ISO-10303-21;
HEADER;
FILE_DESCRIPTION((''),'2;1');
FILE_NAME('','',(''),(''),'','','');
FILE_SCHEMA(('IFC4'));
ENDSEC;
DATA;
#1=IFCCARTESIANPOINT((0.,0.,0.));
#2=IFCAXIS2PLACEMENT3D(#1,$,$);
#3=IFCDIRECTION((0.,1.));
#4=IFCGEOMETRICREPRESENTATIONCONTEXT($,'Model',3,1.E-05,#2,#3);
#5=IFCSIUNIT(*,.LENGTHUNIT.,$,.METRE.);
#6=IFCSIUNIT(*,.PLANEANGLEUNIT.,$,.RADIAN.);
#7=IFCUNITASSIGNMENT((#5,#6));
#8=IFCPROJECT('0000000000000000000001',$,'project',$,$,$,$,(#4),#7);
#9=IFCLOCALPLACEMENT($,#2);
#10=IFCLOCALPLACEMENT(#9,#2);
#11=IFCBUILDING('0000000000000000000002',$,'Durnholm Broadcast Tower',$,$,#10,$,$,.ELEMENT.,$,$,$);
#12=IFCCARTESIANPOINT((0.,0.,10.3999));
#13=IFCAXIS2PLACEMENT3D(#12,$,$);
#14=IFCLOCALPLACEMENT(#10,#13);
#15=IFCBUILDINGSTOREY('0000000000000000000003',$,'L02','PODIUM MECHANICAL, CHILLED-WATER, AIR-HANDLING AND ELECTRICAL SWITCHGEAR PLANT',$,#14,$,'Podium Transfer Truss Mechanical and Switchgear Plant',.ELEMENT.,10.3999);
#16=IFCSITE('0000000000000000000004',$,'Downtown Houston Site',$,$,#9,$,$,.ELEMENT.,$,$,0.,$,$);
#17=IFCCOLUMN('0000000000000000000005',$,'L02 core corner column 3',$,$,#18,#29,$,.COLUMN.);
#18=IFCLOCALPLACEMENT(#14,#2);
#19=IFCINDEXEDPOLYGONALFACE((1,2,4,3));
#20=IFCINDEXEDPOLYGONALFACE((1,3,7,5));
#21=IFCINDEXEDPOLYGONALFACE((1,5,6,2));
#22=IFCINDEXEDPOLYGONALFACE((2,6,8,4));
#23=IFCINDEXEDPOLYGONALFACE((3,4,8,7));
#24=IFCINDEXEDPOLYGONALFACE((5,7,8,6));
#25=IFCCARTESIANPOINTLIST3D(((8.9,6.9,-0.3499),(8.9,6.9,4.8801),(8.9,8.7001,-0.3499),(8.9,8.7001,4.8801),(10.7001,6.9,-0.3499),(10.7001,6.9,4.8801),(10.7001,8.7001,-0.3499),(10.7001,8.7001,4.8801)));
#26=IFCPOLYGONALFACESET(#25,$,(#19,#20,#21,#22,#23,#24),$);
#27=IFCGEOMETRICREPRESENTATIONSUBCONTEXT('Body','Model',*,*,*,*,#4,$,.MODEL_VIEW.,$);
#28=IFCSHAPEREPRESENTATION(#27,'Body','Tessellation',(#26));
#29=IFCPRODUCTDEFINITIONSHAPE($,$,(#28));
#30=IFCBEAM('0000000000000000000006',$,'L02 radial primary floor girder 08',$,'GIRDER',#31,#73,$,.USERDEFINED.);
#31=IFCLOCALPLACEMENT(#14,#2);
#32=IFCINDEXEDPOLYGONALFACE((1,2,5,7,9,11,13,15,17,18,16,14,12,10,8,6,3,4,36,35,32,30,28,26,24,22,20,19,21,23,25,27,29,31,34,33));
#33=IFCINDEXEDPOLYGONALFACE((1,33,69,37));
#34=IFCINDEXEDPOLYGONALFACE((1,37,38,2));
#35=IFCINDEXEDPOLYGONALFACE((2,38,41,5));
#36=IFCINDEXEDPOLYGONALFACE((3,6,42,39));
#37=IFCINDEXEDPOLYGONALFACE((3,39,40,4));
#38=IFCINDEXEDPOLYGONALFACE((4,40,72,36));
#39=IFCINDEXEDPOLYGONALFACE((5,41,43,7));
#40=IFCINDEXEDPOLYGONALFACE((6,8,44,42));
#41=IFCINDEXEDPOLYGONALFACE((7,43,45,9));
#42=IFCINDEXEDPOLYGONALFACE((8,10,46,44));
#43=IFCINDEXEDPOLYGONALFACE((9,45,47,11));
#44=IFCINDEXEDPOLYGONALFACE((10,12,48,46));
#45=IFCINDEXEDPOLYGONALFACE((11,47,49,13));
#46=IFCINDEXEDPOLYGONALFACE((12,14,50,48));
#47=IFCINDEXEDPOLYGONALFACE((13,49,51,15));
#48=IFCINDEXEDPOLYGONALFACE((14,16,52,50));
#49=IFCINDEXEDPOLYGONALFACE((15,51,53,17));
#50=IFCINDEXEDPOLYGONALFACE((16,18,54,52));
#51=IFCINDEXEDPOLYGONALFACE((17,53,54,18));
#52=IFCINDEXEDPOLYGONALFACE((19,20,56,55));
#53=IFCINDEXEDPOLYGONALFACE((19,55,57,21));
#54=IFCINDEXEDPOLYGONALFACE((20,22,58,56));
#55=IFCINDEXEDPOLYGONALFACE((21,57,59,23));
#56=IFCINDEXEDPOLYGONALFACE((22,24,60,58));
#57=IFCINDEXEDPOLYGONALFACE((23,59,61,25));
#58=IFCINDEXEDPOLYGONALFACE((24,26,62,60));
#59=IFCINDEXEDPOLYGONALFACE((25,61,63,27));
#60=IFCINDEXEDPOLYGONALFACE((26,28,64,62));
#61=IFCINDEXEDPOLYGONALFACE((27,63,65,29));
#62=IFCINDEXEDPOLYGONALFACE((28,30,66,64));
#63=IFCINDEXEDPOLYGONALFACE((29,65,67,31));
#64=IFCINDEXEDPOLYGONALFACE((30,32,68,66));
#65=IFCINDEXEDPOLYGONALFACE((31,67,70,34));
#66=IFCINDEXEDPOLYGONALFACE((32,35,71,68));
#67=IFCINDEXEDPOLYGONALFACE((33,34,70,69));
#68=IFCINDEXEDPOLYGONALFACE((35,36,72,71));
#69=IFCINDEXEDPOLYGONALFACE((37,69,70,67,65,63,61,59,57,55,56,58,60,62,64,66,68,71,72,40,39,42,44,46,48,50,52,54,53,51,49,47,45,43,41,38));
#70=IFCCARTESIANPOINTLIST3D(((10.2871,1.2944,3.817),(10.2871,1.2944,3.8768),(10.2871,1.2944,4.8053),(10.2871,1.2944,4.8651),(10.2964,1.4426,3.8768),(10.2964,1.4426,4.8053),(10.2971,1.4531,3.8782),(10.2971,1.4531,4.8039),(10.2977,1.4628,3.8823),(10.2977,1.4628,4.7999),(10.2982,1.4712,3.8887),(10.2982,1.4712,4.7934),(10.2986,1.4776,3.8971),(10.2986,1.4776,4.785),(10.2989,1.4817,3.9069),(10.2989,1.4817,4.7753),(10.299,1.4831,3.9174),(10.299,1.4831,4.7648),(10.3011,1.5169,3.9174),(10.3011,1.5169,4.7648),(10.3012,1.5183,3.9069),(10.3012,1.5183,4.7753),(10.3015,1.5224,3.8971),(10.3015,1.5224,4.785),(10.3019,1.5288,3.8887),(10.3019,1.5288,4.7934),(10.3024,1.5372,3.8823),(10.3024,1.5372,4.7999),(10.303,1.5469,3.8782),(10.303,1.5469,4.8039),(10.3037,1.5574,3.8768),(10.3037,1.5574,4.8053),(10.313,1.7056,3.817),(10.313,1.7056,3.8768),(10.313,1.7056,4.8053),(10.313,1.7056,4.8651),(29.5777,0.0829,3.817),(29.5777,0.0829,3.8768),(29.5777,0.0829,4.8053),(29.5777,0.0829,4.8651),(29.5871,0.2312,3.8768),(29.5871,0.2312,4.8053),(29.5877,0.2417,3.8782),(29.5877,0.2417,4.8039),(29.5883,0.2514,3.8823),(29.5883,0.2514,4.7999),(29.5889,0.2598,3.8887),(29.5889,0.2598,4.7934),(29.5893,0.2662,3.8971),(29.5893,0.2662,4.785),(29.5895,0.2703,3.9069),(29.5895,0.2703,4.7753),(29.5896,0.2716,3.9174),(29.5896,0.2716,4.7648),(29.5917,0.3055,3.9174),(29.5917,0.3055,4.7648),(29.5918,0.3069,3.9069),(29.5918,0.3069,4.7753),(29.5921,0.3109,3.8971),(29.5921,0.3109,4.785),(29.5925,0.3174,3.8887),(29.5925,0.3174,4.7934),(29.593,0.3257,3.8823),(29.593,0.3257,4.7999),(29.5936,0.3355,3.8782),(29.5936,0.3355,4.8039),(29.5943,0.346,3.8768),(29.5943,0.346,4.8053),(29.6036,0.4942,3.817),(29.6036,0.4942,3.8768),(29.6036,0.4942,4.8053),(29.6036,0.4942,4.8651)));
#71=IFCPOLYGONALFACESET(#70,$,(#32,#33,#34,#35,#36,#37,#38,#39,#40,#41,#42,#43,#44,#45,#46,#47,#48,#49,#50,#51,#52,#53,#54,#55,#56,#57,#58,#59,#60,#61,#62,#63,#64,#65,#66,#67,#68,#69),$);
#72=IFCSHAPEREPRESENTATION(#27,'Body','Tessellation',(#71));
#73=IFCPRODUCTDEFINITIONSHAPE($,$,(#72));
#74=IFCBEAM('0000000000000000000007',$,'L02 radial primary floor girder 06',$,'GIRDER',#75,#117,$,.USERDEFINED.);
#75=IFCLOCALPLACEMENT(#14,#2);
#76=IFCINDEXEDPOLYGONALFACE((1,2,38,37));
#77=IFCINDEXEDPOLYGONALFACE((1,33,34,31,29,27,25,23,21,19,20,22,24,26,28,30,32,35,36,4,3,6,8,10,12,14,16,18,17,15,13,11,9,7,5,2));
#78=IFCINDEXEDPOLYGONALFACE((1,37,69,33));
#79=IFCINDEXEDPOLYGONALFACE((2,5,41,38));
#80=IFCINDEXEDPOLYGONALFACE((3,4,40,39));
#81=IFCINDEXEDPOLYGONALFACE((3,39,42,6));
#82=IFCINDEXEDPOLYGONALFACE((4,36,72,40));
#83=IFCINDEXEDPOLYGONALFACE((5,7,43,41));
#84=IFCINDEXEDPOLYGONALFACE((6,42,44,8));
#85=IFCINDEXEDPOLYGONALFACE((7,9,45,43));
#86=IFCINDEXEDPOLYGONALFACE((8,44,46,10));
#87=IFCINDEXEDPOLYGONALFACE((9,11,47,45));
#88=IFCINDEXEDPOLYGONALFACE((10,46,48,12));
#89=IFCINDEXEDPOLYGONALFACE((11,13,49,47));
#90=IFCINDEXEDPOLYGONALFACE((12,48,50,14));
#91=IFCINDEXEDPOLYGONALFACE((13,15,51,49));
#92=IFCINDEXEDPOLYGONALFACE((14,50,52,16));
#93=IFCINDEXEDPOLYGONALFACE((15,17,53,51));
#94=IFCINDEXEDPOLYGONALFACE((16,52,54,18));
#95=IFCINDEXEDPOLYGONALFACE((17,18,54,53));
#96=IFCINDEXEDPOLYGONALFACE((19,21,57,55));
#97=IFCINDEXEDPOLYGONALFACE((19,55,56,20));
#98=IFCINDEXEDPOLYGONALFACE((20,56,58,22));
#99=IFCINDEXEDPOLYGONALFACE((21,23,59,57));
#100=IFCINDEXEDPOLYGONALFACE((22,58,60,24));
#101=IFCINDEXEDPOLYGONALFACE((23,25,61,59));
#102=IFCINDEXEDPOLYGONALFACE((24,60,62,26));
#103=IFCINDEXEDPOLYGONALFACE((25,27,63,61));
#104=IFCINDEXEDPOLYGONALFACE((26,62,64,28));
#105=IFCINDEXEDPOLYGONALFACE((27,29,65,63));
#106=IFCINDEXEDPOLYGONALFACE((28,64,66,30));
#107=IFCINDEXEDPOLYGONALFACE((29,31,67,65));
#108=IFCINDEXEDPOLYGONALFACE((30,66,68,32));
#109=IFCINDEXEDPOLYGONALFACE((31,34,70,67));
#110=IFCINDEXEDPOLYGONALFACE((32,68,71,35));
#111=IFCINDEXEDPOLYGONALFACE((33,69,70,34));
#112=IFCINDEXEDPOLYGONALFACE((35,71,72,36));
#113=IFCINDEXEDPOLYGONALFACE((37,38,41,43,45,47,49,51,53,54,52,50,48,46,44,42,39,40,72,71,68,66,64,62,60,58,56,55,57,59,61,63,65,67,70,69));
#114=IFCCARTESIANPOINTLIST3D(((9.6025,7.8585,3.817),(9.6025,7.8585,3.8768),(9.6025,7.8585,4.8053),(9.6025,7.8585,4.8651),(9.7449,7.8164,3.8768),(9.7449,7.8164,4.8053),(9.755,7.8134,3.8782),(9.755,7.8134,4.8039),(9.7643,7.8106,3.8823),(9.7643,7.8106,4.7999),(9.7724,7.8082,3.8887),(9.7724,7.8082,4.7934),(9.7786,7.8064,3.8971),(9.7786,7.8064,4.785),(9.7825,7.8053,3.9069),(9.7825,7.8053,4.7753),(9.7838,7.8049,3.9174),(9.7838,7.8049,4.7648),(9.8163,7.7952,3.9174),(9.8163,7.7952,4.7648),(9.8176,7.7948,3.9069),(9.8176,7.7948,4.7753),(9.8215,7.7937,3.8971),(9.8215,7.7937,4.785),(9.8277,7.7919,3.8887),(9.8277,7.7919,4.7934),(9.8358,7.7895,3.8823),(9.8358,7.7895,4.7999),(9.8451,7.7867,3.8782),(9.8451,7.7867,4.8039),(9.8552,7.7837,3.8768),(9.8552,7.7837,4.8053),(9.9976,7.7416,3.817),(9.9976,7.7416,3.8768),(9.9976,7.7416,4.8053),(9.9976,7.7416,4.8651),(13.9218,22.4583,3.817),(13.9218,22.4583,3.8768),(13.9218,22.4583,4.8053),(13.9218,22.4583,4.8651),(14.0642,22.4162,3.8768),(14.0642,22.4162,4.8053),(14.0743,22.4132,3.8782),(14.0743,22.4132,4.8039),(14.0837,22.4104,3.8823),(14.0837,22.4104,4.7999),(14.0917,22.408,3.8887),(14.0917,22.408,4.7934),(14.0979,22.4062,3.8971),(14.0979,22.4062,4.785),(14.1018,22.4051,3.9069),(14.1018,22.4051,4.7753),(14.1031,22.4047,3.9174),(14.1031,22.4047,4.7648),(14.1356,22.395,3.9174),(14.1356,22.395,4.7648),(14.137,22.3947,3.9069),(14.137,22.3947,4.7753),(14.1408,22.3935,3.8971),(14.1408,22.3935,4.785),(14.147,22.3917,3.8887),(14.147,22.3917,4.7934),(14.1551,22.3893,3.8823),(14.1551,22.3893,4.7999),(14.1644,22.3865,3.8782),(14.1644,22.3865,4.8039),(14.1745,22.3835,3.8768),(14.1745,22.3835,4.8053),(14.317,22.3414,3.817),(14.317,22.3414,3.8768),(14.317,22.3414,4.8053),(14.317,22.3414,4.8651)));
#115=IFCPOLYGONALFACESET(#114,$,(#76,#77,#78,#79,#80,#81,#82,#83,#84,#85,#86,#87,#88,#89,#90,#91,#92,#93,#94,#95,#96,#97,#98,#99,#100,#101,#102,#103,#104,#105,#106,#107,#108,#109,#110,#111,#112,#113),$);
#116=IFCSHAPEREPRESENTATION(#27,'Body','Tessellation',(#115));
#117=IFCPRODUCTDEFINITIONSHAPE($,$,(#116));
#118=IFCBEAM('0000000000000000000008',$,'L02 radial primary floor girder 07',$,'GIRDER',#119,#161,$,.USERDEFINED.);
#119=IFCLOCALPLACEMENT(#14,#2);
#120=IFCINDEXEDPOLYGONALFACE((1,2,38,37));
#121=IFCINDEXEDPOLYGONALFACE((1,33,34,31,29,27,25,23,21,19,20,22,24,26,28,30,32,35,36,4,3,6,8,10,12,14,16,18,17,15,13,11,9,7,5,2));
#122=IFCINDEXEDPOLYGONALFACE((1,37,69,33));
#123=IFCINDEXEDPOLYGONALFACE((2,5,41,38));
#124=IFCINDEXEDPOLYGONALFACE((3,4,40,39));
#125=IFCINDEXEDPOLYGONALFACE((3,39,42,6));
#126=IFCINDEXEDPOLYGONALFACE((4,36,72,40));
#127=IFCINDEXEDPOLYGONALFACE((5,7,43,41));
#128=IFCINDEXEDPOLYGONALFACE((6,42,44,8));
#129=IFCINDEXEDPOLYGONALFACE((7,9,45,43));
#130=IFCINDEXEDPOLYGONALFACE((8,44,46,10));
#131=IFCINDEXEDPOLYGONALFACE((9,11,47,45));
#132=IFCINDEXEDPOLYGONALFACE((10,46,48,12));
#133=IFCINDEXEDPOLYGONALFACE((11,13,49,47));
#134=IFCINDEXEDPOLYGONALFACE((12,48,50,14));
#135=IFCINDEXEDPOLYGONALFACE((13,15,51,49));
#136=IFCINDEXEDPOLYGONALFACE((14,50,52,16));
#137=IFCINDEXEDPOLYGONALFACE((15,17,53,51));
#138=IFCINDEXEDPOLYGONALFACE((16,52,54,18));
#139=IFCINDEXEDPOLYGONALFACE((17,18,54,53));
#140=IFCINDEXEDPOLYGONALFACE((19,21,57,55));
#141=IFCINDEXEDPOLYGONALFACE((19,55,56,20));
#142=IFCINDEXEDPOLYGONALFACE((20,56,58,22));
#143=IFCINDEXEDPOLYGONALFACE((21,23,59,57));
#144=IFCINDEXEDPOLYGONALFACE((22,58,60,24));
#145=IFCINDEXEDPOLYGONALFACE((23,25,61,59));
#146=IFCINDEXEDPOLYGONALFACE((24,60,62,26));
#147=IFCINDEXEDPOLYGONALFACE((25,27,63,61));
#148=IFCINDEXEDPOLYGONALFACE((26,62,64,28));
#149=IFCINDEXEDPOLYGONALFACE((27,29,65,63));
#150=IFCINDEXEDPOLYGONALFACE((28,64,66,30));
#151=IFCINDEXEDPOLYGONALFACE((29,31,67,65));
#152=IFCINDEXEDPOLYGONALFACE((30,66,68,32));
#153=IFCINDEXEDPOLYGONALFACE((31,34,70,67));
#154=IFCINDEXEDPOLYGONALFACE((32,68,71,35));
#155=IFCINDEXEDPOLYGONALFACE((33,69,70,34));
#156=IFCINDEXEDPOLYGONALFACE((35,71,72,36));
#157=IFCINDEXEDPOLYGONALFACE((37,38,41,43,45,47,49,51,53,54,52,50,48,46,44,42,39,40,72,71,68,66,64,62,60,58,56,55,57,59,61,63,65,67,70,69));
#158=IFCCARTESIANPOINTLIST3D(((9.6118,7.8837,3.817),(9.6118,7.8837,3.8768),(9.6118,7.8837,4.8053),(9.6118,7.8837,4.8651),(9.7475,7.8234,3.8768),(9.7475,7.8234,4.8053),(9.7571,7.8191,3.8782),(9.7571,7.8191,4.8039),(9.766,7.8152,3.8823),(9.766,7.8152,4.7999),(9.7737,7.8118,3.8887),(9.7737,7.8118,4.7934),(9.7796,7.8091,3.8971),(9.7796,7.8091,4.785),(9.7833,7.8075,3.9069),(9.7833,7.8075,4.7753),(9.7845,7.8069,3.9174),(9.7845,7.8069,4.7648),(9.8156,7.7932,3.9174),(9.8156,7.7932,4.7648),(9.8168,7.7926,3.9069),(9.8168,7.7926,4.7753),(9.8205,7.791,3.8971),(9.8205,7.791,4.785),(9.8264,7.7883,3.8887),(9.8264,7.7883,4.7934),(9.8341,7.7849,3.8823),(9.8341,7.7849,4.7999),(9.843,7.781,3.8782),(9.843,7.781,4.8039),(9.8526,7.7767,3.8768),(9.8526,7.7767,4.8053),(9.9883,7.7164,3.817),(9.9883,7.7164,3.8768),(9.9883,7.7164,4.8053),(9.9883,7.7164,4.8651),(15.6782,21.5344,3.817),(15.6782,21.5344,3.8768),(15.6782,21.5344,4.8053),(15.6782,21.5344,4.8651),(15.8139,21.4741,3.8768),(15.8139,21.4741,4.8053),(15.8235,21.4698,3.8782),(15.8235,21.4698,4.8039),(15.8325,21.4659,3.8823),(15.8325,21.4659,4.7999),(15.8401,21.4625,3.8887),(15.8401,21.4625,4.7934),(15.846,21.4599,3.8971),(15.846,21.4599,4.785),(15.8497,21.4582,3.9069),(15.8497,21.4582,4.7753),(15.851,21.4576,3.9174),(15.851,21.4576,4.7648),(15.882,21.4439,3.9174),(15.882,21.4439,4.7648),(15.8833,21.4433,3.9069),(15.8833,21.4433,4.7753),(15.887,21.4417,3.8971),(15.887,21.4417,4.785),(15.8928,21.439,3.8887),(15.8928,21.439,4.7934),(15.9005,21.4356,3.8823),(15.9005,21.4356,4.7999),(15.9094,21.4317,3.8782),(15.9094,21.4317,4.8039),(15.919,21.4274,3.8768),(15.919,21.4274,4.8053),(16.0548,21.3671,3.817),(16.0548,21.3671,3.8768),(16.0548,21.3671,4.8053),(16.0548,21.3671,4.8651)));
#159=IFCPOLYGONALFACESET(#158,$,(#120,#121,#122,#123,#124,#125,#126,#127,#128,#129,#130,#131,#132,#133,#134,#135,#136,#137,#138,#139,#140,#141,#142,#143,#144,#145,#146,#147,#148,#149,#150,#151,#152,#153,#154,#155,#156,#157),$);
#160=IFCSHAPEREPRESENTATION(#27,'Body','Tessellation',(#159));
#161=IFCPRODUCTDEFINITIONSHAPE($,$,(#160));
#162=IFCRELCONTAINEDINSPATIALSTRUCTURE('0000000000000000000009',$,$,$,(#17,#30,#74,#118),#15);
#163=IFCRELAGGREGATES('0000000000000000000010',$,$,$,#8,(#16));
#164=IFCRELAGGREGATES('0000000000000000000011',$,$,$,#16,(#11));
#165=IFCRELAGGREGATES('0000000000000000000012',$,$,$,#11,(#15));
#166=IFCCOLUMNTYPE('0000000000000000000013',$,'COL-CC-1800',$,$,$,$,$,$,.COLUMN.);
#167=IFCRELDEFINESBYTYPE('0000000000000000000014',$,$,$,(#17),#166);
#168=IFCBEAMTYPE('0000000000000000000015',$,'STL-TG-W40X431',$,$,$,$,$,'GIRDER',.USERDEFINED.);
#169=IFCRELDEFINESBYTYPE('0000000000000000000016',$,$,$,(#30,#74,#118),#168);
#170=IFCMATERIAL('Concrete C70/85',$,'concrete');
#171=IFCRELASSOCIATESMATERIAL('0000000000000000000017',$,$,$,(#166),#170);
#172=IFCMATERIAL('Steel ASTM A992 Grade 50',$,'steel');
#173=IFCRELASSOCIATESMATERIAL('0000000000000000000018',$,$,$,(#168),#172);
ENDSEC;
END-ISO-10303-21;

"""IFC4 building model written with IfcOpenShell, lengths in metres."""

from ifc_helpers import new_model, si_unit, direction, frame, origin, origin_2d, place, context, subcontext, project, spatial, rectangle, i_section, extrude, source, transform, mapped, material, material_profile, profile_set, type_object, type_shapes, element, save


model = new_model("IFC4")

# Units and contexts
model_context = context("Model", 3, precision=1e-05, world=origin(), true_north=direction((0.0, 1.0)))
body_context = subcontext(model_context, "Body", "Model", "MODEL_VIEW")
ifc_project = project(units=[si_unit("LENGTHUNIT", "METRE"), si_unit("PLANEANGLEUNIT", "RADIAN")], contexts=[model_context])

# Site, building, storey
site_placement = place(None, origin())
site = spatial("IfcSite", under=ifc_project, at=site_placement, Name="Downtown Houston Site", CompositionType="ELEMENT", RefElevation=0.0)
building_placement = place(site_placement, origin())
building = spatial("IfcBuilding", under=site, at=building_placement, Name="Durnholm Broadcast Tower", CompositionType="ELEMENT")
storey_placement = place(building_placement, frame((0.0, 0.0, 10.3999)))
storey = spatial("IfcBuildingStorey", under=building, at=storey_placement, Name="L02", Description="PODIUM MECHANICAL, CHILLED-WATER, AIR-HANDLING AND ELECTRICAL SWITCHGEAR PLANT", LongName="Podium Transfer Truss Mechanical and Switchgear Plant", CompositionType="ELEMENT", Elevation=10.3999)

# Column
ifc_material_1 = material(Name="Concrete C70/85", Category="concrete")
ifc_material_profile_1 = material_profile(ifc_material_1, rectangle(XDim=1.8, YDim=1.8, at=origin_2d()), Name="RC1800X1800")
ifc_profile_set_1 = profile_set([ifc_material_profile_1], Name="Concrete C70/85")
column_type = type_object("IfcColumnType", Name="COL-CC-1800", PredefinedType="COLUMN", material=ifc_profile_set_1)
shared_shape_1 = source(origin(), body_context, "Body", "SweptSolid", [
    extrude(rectangle(XDim=1.8, YDim=1.8, at=origin_2d()), origin(), (0.0, 0.0, 1.0), 5.23),
])
type_shapes(column_type, [shared_shape_1])
column_placement = place(storey_placement, frame((9.8, 7.8, -0.3499), z_axis=(0.0, 0.0, 1.0), x_axis=(1.0, 0.0, 0.0)))
element("IfcColumn", 1, at=column_placement, inside=storey, type_object=column_type, Name="L02 core corner column 3", PredefinedType="COLUMN", context=body_context, shape_type="MappedRepresentation", body=[
    mapped(shared_shape_1, transform((0.0, 0.0, 0.0), x_axis=(1.0, 0.0, 0.0), y_axis=(0.0, 1.0, 0.0), z_axis=(0.0, 0.0, 1.0), scale=1.0)),
])

# Beams
ifc_material_2 = material(Name="Steel ASTM A992 Grade 50", Category="steel")
ifc_material_profile_2 = material_profile(ifc_material_2, i_section(OverallWidth=0.4121, OverallDepth=1.0481, WebThickness=0.0339, FlangeThickness=0.0598, FilletRadius=0.0405, at=origin_2d()), Name="W40X431")
ifc_profile_set_2 = profile_set([ifc_material_profile_2], Name="Steel ASTM A992 Grade 50")
beam_type = type_object("IfcBeamType", Name="STL-TG-W40X431", ElementType="GIRDER", PredefinedType="USERDEFINED", material=ifc_profile_set_2)
shared_shape_2 = source(origin(), body_context, "Body", "SweptSolid", [
    extrude(i_section(OverallWidth=0.4121, OverallDepth=1.0481, WebThickness=0.0339, FlangeThickness=0.0598, FilletRadius=0.0405, at=origin_2d()), origin(), (0.0, 0.0, 1.0), 19.3286),
])
beam_1_placement = place(storey_placement, frame((10.3, 1.5, 4.3411), z_axis=(0.998034, -0.062676, 0.0), x_axis=(0.062676, 0.998034, 0.0)))
element("IfcBeam", 2, at=beam_1_placement, inside=storey, type_object=beam_type, Name="L02 radial primary floor girder 08", ObjectType="GIRDER", PredefinedType="USERDEFINED", context=body_context, shape_type="MappedRepresentation", body=[
    mapped(shared_shape_2, transform((0.0, 0.0, 0.0), x_axis=(1.0, 0.0, 0.0), y_axis=(0.0, 1.0, 0.0), z_axis=(0.0, 0.0, 1.0), scale=1.0)),
])
shared_shape_3 = source(origin(), body_context, "Body", "SweptSolid", [
    extrude(i_section(OverallWidth=0.4121, OverallDepth=1.0481, WebThickness=0.0339, FlangeThickness=0.0598, FilletRadius=0.0405, at=origin_2d()), origin(), (0.0, 0.0, 1.0), 15.2253),
])
beam_2_placement = place(storey_placement, frame((9.8, 7.8, 4.3411), z_axis=(0.283693, 0.958915, 0.0), x_axis=(-0.958915, 0.283693, 0.0)))
element("IfcBeam", 3, at=beam_2_placement, inside=storey, type_object=beam_type, Name="L02 radial primary floor girder 06", ObjectType="GIRDER", PredefinedType="USERDEFINED", context=body_context, shape_type="MappedRepresentation", body=[
    mapped(shared_shape_3, transform((0.0, 0.0, 0.0), x_axis=(1.0, 0.0, 0.0), y_axis=(0.0, 1.0, 0.0), z_axis=(0.0, 0.0, 1.0), scale=1.0)),
])
shared_shape_4 = source(origin(), body_context, "Body", "SweptSolid", [
    extrude(i_section(OverallWidth=0.4121, OverallDepth=1.0481, WebThickness=0.0339, FlangeThickness=0.0598, FilletRadius=0.0405, at=origin_2d()), origin(), (0.0, 0.0, 1.0), 14.938),
])
type_shapes(beam_type, [shared_shape_2, shared_shape_3, shared_shape_4])
beam_3_placement = place(storey_placement, frame((9.8, 7.8, 4.3411), z_axis=(0.406108, 0.913825, 0.0), x_axis=(-0.913825, 0.406108, 0.0)))
element("IfcBeam", 4, at=beam_3_placement, inside=storey, type_object=beam_type, Name="L02 radial primary floor girder 07", ObjectType="GIRDER", PredefinedType="USERDEFINED", context=body_context, shape_type="MappedRepresentation", body=[
    mapped(shared_shape_4, transform((0.0, 0.0, 0.0), x_axis=(1.0, 0.0, 0.0), y_axis=(0.0, 1.0, 0.0), z_axis=(0.0, 0.0, 1.0), scale=1.0)),
])

save(model, "model.ifc")
